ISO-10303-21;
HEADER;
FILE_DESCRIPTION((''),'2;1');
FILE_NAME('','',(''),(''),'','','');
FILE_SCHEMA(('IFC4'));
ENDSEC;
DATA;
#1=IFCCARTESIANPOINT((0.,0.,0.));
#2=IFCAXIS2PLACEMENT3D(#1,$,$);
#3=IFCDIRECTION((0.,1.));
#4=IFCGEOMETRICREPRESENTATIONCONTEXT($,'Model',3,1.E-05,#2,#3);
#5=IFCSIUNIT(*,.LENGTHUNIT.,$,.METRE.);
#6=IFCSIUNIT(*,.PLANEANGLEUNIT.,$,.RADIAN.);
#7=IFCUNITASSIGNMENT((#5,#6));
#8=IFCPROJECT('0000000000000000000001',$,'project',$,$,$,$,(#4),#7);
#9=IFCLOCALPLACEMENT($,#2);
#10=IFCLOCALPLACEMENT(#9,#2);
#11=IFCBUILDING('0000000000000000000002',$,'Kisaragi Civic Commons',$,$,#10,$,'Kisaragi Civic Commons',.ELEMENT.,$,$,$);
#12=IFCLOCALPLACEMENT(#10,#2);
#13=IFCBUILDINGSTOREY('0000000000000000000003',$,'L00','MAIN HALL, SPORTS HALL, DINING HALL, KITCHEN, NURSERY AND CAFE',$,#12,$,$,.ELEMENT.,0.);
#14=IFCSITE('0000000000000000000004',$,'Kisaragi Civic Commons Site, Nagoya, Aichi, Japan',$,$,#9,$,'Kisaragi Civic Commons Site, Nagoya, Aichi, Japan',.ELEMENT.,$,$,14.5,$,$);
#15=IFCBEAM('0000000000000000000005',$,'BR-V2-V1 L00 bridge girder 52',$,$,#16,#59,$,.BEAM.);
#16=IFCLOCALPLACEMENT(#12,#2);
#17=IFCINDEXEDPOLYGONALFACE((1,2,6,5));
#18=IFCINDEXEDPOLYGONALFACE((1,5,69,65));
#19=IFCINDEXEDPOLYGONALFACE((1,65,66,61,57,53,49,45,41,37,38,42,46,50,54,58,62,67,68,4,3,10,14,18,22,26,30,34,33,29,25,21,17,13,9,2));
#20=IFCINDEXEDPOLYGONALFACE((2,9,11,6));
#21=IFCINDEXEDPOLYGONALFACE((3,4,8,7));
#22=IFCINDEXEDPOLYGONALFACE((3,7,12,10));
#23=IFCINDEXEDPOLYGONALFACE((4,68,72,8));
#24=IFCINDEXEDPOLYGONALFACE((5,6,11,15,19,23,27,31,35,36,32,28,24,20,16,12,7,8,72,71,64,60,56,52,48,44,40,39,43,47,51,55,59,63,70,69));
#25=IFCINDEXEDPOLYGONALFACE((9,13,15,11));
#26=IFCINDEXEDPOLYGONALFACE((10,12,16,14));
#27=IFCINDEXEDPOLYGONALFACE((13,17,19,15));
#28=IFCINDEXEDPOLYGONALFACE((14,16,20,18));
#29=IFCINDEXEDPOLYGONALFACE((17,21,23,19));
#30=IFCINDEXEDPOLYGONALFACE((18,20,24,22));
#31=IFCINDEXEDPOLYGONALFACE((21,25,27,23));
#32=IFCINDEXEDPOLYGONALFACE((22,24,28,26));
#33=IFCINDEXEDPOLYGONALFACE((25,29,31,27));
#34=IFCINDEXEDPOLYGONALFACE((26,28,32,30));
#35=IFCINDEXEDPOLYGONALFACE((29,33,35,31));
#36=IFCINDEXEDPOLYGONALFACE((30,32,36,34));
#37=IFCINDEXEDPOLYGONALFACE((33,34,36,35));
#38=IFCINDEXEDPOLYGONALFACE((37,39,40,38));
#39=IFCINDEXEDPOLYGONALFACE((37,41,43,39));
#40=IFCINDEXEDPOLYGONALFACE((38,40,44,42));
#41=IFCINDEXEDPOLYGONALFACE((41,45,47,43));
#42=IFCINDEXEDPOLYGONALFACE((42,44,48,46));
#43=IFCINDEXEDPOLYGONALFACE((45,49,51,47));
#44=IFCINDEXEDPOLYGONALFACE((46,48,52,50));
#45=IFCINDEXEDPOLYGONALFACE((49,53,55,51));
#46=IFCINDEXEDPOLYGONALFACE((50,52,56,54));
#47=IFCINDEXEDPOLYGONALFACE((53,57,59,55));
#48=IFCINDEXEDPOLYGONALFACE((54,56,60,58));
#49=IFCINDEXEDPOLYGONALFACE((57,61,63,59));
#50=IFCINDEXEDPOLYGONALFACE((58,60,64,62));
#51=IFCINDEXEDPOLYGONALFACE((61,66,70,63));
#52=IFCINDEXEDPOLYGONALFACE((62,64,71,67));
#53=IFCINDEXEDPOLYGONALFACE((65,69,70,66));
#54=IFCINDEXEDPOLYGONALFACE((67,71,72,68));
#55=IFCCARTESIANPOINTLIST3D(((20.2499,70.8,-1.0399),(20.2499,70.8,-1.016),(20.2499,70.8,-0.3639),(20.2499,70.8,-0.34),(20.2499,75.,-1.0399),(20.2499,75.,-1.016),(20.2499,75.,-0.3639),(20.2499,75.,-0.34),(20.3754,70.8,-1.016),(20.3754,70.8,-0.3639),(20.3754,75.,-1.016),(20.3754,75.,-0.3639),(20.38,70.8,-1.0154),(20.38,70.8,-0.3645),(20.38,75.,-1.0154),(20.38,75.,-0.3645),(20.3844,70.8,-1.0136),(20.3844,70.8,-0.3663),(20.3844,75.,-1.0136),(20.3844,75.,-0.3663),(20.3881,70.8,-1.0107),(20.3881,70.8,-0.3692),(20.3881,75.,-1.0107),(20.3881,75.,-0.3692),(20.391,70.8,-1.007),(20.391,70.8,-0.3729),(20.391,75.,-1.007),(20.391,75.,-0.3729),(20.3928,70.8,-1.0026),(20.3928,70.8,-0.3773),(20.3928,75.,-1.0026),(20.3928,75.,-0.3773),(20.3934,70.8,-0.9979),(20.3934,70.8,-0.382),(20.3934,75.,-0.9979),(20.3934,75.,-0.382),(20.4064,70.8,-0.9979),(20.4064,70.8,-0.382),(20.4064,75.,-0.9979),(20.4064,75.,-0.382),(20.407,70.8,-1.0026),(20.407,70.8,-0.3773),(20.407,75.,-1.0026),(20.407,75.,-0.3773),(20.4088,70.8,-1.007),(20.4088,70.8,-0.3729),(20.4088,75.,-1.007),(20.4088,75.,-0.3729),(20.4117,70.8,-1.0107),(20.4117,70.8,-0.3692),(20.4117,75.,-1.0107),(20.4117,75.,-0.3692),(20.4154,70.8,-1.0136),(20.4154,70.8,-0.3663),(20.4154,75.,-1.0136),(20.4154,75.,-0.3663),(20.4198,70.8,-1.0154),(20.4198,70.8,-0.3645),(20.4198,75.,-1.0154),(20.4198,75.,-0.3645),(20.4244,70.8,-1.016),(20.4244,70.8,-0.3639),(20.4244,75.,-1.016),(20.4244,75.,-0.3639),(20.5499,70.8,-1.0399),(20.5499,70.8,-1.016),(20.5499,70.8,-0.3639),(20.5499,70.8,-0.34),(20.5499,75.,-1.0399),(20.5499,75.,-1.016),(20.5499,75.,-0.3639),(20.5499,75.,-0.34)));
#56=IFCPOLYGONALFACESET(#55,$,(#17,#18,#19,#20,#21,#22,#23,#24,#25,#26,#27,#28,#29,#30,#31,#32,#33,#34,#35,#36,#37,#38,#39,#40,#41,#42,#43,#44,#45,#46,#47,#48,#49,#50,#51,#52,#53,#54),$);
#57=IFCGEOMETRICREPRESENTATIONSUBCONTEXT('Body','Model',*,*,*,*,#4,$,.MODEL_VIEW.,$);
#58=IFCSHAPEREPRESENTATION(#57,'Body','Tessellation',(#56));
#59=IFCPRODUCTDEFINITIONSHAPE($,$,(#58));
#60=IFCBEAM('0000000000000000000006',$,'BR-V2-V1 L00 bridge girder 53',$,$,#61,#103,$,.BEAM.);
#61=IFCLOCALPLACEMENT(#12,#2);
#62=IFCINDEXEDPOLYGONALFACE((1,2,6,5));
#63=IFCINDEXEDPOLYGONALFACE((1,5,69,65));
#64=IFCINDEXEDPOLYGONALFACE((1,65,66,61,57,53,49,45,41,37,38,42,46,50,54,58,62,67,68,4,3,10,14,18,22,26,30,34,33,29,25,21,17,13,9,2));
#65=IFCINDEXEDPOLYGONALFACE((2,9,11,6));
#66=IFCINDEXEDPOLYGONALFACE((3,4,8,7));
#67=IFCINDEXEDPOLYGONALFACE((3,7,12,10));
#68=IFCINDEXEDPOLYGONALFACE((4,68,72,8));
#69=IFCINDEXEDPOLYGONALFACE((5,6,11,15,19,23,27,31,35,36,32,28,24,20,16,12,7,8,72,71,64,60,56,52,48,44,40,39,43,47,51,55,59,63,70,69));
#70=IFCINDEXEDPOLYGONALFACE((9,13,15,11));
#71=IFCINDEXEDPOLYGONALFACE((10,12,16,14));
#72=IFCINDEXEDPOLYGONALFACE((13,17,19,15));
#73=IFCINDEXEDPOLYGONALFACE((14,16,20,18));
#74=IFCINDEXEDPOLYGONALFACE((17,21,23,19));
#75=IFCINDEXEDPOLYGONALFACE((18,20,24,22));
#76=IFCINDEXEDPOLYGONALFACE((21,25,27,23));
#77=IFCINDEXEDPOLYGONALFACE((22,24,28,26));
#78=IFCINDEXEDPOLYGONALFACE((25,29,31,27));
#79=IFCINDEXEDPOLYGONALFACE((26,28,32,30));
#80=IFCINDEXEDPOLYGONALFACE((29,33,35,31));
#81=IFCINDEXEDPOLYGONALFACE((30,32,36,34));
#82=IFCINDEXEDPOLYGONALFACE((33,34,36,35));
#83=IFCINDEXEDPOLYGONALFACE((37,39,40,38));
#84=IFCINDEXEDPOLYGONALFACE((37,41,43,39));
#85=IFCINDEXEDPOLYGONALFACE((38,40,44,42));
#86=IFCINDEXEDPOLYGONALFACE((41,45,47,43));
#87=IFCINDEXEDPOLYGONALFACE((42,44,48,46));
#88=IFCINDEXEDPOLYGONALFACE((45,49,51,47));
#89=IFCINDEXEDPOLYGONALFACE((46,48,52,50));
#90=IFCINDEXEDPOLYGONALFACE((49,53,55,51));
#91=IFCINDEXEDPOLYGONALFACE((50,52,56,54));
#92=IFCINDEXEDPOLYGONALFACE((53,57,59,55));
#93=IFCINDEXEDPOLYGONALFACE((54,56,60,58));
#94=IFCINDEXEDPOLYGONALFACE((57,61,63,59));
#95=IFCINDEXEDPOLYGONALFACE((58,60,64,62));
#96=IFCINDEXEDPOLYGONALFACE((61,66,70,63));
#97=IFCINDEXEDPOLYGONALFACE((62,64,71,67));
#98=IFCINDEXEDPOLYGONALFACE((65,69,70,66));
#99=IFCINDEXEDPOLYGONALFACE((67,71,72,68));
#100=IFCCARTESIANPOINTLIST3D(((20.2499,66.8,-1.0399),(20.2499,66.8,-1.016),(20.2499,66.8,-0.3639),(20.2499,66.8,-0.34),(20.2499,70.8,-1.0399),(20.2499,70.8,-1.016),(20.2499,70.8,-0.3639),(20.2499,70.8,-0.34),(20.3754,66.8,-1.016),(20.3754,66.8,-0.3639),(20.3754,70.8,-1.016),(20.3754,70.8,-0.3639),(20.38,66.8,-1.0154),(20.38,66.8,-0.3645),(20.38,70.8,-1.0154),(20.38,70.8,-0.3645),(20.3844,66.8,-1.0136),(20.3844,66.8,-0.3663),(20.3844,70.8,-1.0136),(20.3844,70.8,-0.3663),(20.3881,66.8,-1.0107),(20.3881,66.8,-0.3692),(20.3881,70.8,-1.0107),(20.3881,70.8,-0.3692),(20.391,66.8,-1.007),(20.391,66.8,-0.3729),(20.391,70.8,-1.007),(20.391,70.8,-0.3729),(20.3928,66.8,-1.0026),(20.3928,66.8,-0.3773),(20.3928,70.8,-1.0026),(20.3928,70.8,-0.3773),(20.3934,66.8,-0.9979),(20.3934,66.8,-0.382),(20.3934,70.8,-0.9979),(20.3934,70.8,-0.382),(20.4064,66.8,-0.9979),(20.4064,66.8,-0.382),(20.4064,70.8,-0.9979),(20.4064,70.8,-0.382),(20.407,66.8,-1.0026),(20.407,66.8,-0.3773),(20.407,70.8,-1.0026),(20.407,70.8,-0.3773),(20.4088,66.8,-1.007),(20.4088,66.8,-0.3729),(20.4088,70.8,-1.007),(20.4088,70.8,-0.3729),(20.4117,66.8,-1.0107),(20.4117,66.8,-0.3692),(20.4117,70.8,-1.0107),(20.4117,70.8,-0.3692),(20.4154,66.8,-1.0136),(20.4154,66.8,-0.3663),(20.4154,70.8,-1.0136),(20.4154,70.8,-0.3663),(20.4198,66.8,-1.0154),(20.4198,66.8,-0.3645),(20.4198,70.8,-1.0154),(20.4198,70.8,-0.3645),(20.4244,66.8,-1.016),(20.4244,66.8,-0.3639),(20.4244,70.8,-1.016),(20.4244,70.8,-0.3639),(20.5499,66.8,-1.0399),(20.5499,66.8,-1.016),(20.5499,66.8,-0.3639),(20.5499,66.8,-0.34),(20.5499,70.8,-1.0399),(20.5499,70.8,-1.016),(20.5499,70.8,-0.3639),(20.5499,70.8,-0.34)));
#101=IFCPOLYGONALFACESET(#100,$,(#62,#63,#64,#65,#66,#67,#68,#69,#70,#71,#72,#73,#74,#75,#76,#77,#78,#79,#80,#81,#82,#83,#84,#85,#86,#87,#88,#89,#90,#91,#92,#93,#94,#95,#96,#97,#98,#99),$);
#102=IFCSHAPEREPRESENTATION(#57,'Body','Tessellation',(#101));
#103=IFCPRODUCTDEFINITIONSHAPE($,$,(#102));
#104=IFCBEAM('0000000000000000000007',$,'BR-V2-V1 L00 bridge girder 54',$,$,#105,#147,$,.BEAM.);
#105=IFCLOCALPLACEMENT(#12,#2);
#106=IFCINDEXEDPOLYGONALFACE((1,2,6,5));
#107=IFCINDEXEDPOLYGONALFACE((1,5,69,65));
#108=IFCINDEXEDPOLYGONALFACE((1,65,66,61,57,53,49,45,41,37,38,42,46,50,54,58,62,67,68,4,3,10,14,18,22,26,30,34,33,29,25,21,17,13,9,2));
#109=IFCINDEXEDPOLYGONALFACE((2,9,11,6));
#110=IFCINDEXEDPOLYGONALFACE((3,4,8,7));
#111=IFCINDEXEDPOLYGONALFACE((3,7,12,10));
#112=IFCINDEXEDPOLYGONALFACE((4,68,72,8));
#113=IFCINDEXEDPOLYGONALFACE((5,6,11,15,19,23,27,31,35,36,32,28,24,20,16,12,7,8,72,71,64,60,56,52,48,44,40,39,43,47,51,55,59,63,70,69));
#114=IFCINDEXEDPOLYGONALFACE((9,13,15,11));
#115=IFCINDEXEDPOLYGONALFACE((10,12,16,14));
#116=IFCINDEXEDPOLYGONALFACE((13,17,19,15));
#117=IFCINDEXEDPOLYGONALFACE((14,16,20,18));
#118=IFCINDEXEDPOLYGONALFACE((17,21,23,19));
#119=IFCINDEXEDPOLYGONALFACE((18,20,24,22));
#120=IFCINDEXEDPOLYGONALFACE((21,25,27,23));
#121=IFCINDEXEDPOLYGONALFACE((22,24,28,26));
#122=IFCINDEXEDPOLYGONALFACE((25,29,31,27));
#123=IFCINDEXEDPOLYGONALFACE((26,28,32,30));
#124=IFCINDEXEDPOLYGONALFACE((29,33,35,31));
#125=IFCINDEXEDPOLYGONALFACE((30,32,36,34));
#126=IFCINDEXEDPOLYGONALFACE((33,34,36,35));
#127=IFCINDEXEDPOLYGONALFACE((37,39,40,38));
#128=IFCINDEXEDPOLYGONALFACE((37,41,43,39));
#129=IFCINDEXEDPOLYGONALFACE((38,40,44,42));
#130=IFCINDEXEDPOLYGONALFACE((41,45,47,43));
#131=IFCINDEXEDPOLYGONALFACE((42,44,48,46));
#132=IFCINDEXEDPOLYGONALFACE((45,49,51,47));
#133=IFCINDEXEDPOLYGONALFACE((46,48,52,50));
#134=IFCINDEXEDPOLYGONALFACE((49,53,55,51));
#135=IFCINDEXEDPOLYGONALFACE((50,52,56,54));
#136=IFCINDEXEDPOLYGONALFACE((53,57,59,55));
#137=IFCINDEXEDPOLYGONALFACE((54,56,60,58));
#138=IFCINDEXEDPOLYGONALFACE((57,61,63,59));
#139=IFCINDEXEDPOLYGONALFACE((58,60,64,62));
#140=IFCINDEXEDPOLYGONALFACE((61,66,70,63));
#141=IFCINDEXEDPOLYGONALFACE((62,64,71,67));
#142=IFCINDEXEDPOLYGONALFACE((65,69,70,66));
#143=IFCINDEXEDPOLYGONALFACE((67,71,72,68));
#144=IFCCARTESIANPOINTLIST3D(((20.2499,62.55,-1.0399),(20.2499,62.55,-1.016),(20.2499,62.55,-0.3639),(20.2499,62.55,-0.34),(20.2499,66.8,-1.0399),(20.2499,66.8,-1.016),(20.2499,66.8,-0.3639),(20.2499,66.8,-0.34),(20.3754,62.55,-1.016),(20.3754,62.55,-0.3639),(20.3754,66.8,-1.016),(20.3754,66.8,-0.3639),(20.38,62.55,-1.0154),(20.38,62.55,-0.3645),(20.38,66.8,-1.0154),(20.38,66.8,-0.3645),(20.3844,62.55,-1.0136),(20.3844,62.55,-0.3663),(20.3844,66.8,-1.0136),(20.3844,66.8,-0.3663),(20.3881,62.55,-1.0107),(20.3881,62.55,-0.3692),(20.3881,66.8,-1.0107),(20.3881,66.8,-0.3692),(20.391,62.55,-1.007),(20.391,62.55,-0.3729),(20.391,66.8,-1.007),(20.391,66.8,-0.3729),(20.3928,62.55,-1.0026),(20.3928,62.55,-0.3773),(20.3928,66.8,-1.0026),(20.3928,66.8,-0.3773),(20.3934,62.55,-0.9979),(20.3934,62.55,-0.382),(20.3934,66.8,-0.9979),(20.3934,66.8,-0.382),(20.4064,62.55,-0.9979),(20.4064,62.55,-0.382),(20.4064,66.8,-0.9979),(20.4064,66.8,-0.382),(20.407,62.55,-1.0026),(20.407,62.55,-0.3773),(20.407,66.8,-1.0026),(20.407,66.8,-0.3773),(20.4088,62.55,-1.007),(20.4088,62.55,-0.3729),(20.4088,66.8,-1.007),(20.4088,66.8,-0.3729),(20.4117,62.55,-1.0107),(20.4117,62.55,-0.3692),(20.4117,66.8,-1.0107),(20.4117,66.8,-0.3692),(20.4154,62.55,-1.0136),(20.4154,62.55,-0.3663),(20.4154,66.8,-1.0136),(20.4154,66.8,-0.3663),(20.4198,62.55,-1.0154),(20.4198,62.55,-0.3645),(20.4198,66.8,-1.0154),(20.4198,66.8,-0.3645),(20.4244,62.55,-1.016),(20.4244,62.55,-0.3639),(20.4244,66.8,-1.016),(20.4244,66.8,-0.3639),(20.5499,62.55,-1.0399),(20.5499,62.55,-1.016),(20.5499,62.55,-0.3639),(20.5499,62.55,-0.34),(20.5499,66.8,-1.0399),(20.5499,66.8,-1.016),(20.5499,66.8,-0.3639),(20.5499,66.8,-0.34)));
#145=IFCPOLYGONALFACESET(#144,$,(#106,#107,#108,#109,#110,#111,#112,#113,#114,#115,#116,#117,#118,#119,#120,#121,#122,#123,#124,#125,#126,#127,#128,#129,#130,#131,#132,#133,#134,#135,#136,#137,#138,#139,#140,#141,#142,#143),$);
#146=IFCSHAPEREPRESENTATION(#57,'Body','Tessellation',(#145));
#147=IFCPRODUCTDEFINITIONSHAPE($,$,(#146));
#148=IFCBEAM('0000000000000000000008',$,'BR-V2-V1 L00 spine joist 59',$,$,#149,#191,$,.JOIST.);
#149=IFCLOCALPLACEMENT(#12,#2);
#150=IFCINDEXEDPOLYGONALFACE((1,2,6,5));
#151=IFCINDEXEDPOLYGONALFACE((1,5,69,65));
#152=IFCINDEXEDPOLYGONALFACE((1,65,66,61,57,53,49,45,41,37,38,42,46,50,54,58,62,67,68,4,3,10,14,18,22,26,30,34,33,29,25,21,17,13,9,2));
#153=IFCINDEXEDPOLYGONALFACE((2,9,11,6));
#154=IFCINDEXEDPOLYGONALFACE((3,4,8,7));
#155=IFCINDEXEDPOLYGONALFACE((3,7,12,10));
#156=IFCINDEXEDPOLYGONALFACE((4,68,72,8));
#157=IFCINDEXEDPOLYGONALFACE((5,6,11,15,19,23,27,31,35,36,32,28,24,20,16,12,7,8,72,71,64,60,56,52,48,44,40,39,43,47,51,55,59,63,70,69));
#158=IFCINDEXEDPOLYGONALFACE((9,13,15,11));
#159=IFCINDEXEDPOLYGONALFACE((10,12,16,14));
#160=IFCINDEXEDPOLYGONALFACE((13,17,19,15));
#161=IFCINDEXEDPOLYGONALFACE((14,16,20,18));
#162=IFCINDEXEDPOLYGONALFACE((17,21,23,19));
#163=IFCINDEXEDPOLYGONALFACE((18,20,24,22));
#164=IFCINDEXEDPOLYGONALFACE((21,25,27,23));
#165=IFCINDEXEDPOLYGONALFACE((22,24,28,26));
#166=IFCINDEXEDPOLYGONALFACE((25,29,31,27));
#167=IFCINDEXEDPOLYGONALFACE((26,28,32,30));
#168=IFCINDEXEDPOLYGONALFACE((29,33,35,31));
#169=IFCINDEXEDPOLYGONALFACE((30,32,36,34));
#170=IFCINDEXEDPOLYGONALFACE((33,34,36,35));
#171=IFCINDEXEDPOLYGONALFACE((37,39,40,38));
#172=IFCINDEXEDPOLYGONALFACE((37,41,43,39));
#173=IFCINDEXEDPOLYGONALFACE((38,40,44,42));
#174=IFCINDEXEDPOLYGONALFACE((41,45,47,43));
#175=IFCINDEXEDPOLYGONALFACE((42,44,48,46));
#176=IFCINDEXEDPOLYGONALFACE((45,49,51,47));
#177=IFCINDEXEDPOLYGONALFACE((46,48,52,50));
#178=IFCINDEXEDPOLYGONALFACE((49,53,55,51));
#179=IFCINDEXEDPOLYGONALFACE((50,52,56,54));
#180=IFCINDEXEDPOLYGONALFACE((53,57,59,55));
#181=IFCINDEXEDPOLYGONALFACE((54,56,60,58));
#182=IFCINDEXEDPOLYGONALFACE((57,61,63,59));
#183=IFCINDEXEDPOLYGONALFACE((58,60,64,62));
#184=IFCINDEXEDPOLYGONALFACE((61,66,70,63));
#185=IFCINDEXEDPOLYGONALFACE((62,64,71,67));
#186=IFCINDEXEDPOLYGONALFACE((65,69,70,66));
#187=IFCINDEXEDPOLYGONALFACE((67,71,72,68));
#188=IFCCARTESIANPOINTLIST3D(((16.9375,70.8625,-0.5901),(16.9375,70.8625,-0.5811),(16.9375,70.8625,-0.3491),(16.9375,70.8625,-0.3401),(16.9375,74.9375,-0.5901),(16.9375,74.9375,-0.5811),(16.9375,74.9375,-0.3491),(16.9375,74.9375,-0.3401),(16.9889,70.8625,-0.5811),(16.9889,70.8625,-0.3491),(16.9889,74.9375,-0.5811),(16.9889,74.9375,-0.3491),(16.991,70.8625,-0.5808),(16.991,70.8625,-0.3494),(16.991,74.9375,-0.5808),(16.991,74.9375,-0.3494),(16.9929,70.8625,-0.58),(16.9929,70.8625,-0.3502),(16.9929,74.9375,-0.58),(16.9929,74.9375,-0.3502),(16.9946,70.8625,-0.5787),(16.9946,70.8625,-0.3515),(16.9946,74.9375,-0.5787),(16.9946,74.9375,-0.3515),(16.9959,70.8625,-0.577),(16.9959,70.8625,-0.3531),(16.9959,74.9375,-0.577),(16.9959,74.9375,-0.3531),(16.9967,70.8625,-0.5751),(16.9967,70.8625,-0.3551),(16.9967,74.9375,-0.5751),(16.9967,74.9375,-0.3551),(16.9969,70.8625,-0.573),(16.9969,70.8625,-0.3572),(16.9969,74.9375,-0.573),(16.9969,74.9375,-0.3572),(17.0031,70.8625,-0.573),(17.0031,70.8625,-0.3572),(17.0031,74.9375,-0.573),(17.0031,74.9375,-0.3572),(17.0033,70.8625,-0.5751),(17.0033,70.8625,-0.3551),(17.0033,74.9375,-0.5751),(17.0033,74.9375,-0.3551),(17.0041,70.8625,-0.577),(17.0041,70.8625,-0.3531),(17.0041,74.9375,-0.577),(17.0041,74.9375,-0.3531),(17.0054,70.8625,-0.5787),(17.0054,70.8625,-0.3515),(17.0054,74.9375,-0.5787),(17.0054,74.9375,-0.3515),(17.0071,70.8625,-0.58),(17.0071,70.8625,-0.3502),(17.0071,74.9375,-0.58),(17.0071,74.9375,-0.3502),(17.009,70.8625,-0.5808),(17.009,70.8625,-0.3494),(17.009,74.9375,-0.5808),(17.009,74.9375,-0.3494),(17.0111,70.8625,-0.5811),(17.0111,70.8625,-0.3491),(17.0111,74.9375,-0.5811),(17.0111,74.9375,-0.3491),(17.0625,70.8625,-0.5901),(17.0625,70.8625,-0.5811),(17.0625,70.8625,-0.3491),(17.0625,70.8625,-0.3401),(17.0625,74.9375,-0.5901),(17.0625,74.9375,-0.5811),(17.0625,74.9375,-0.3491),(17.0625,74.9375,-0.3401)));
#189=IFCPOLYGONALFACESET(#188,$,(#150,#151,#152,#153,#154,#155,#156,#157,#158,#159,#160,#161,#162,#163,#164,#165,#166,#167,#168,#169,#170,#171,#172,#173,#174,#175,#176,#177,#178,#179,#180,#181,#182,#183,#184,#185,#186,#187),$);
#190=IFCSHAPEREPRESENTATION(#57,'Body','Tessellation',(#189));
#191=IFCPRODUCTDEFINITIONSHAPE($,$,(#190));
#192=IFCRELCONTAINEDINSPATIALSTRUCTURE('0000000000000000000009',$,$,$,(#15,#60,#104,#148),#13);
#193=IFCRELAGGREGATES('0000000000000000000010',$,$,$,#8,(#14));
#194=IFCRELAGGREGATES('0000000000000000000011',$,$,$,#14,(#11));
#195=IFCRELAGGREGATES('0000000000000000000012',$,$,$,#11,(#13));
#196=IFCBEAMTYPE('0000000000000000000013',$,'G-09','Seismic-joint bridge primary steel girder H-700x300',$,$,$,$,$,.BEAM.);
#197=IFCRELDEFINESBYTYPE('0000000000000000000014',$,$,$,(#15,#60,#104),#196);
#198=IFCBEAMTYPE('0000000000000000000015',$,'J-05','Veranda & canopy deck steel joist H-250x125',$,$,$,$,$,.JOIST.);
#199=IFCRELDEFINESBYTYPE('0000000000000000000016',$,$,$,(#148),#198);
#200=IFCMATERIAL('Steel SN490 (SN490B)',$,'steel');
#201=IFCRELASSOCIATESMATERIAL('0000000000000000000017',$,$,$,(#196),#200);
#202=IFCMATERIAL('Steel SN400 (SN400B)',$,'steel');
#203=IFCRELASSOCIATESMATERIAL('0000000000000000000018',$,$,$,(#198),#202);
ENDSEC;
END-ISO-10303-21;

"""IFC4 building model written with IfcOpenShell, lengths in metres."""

from ifc_helpers import new_model, si_unit, direction, frame, origin, origin_2d, place, context, subcontext, project, spatial, i_section, extrude, material, material_profile, profile_set, type_object, element, save


model = new_model("IFC4")

# Units and contexts
model_context = context("Model", 3, precision=1e-05, world=origin(), true_north=direction((0.0, 1.0)))
body_context = subcontext(model_context, "Body", "Model", "MODEL_VIEW")
ifc_project = project(units=[si_unit("LENGTHUNIT", "METRE"), si_unit("PLANEANGLEUNIT", "RADIAN")], contexts=[model_context])

# Site, building, storey
site_placement = place(None, origin())
site = spatial("IfcSite", under=ifc_project, at=site_placement, Name="Kisaragi Civic Commons Site, Nagoya, Aichi, Japan", LongName="Kisaragi Civic Commons Site, Nagoya, Aichi, Japan", CompositionType="ELEMENT", RefElevation=14.5)
building_placement = place(site_placement, origin())
building = spatial("IfcBuilding", under=site, at=building_placement, Name="Kisaragi Civic Commons", LongName="Kisaragi Civic Commons", CompositionType="ELEMENT")
storey_placement = place(building_placement, origin())
storey = spatial("IfcBuildingStorey", under=building, at=storey_placement, Name="L00", Description="MAIN HALL, SPORTS HALL, DINING HALL, KITCHEN, NURSERY AND CAFE", CompositionType="ELEMENT", Elevation=0.0)

# Beams
ifc_material_1 = material(Name="Steel SN490 (SN490B)", Category="steel")
ifc_material_profile_1 = material_profile(ifc_material_1, i_section(OverallWidth=0.3, OverallDepth=0.7, WebThickness=0.0129, FlangeThickness=0.0239, FilletRadius=0.0181, at=origin_2d()), Name="H-700x300x13x24", Category="steel")
ifc_profile_set_1 = profile_set([ifc_material_profile_1], Name="Steel SN490 (SN490B)")
beam_type_1 = type_object("IfcBeamType", Name="G-09", Description="Seismic-joint bridge primary steel girder H-700x300", PredefinedType="BEAM", material=ifc_profile_set_1)
for number, where, z_axis, x_axis, name in (
    (1, (20.3999, 75.0, -0.6899), (0.0, -1.0, 0.0), (1.0, 0.0, 0.0), "BR-V2-V1 L00 bridge girder 52"),
):
    element("IfcBeam", number, at=place(storey_placement, frame(where, z_axis=z_axis, x_axis=x_axis)), inside=storey, type_object=beam_type_1, Name=name, PredefinedType="BEAM", context=body_context, shape_type="SweptSolid", body=[
        extrude(i_section(OverallWidth=0.3, OverallDepth=0.7, WebThickness=0.0129, FlangeThickness=0.0239, FilletRadius=0.0181, at=origin_2d()), origin(), (0.0, 0.0, 1.0), 4.2),
    ])
beam_1_placement = place(storey_placement, frame((20.3999, 70.8, -0.6899), z_axis=(0.0, -1.0, 0.0), x_axis=(1.0, 0.0, 0.0)))
element("IfcBeam", 2, at=beam_1_placement, inside=storey, type_object=beam_type_1, Name="BR-V2-V1 L00 bridge girder 53", PredefinedType="BEAM", context=body_context, shape_type="SweptSolid", body=[
    extrude(i_section(OverallWidth=0.3, OverallDepth=0.7, WebThickness=0.0129, FlangeThickness=0.0239, FilletRadius=0.0181, at=origin_2d()), origin(), (0.0, 0.0, 1.0), 4.0),
])
beam_2_placement = place(storey_placement, frame((20.3999, 66.8, -0.6899), z_axis=(0.0, -1.0, 0.0), x_axis=(1.0, 0.0, 0.0)))
element("IfcBeam", 3, at=beam_2_placement, inside=storey, type_object=beam_type_1, Name="BR-V2-V1 L00 bridge girder 54", PredefinedType="BEAM", context=body_context, shape_type="SweptSolid", body=[
    extrude(i_section(OverallWidth=0.3, OverallDepth=0.7, WebThickness=0.0129, FlangeThickness=0.0239, FilletRadius=0.0181, at=origin_2d()), origin(), (0.0, 0.0, 1.0), 4.25),
])
ifc_material_2 = material(Name="Steel SN400 (SN400B)", Category="steel")
ifc_material_profile_2 = material_profile(ifc_material_2, i_section(OverallWidth=0.125, OverallDepth=0.25, WebThickness=0.0061, FlangeThickness=0.009, FilletRadius=0.0081, at=origin_2d()), Name="H-250x125x6x9", Category="steel")
ifc_profile_set_2 = profile_set([ifc_material_profile_2], Name="Steel SN400 (SN400B)")
beam_type_2 = type_object("IfcBeamType", Name="J-05", Description="Veranda & canopy deck steel joist H-250x125", PredefinedType="JOIST", material=ifc_profile_set_2)
beam_3_placement = place(storey_placement, frame((17.0, 74.9375, -0.4651), z_axis=(0.0, -1.0, 0.0), x_axis=(1.0, 0.0, 0.0)))
element("IfcBeam", 4, at=beam_3_placement, inside=storey, type_object=beam_type_2, Name="BR-V2-V1 L00 spine joist 59", PredefinedType="JOIST", context=body_context, shape_type="SweptSolid", body=[
    extrude(i_section(OverallWidth=0.125, OverallDepth=0.25, WebThickness=0.0061, FlangeThickness=0.009, FilletRadius=0.0081, at=origin_2d()), origin(), (0.0, 0.0, 1.0), 4.075),
])

save(model, "model.ifc")
